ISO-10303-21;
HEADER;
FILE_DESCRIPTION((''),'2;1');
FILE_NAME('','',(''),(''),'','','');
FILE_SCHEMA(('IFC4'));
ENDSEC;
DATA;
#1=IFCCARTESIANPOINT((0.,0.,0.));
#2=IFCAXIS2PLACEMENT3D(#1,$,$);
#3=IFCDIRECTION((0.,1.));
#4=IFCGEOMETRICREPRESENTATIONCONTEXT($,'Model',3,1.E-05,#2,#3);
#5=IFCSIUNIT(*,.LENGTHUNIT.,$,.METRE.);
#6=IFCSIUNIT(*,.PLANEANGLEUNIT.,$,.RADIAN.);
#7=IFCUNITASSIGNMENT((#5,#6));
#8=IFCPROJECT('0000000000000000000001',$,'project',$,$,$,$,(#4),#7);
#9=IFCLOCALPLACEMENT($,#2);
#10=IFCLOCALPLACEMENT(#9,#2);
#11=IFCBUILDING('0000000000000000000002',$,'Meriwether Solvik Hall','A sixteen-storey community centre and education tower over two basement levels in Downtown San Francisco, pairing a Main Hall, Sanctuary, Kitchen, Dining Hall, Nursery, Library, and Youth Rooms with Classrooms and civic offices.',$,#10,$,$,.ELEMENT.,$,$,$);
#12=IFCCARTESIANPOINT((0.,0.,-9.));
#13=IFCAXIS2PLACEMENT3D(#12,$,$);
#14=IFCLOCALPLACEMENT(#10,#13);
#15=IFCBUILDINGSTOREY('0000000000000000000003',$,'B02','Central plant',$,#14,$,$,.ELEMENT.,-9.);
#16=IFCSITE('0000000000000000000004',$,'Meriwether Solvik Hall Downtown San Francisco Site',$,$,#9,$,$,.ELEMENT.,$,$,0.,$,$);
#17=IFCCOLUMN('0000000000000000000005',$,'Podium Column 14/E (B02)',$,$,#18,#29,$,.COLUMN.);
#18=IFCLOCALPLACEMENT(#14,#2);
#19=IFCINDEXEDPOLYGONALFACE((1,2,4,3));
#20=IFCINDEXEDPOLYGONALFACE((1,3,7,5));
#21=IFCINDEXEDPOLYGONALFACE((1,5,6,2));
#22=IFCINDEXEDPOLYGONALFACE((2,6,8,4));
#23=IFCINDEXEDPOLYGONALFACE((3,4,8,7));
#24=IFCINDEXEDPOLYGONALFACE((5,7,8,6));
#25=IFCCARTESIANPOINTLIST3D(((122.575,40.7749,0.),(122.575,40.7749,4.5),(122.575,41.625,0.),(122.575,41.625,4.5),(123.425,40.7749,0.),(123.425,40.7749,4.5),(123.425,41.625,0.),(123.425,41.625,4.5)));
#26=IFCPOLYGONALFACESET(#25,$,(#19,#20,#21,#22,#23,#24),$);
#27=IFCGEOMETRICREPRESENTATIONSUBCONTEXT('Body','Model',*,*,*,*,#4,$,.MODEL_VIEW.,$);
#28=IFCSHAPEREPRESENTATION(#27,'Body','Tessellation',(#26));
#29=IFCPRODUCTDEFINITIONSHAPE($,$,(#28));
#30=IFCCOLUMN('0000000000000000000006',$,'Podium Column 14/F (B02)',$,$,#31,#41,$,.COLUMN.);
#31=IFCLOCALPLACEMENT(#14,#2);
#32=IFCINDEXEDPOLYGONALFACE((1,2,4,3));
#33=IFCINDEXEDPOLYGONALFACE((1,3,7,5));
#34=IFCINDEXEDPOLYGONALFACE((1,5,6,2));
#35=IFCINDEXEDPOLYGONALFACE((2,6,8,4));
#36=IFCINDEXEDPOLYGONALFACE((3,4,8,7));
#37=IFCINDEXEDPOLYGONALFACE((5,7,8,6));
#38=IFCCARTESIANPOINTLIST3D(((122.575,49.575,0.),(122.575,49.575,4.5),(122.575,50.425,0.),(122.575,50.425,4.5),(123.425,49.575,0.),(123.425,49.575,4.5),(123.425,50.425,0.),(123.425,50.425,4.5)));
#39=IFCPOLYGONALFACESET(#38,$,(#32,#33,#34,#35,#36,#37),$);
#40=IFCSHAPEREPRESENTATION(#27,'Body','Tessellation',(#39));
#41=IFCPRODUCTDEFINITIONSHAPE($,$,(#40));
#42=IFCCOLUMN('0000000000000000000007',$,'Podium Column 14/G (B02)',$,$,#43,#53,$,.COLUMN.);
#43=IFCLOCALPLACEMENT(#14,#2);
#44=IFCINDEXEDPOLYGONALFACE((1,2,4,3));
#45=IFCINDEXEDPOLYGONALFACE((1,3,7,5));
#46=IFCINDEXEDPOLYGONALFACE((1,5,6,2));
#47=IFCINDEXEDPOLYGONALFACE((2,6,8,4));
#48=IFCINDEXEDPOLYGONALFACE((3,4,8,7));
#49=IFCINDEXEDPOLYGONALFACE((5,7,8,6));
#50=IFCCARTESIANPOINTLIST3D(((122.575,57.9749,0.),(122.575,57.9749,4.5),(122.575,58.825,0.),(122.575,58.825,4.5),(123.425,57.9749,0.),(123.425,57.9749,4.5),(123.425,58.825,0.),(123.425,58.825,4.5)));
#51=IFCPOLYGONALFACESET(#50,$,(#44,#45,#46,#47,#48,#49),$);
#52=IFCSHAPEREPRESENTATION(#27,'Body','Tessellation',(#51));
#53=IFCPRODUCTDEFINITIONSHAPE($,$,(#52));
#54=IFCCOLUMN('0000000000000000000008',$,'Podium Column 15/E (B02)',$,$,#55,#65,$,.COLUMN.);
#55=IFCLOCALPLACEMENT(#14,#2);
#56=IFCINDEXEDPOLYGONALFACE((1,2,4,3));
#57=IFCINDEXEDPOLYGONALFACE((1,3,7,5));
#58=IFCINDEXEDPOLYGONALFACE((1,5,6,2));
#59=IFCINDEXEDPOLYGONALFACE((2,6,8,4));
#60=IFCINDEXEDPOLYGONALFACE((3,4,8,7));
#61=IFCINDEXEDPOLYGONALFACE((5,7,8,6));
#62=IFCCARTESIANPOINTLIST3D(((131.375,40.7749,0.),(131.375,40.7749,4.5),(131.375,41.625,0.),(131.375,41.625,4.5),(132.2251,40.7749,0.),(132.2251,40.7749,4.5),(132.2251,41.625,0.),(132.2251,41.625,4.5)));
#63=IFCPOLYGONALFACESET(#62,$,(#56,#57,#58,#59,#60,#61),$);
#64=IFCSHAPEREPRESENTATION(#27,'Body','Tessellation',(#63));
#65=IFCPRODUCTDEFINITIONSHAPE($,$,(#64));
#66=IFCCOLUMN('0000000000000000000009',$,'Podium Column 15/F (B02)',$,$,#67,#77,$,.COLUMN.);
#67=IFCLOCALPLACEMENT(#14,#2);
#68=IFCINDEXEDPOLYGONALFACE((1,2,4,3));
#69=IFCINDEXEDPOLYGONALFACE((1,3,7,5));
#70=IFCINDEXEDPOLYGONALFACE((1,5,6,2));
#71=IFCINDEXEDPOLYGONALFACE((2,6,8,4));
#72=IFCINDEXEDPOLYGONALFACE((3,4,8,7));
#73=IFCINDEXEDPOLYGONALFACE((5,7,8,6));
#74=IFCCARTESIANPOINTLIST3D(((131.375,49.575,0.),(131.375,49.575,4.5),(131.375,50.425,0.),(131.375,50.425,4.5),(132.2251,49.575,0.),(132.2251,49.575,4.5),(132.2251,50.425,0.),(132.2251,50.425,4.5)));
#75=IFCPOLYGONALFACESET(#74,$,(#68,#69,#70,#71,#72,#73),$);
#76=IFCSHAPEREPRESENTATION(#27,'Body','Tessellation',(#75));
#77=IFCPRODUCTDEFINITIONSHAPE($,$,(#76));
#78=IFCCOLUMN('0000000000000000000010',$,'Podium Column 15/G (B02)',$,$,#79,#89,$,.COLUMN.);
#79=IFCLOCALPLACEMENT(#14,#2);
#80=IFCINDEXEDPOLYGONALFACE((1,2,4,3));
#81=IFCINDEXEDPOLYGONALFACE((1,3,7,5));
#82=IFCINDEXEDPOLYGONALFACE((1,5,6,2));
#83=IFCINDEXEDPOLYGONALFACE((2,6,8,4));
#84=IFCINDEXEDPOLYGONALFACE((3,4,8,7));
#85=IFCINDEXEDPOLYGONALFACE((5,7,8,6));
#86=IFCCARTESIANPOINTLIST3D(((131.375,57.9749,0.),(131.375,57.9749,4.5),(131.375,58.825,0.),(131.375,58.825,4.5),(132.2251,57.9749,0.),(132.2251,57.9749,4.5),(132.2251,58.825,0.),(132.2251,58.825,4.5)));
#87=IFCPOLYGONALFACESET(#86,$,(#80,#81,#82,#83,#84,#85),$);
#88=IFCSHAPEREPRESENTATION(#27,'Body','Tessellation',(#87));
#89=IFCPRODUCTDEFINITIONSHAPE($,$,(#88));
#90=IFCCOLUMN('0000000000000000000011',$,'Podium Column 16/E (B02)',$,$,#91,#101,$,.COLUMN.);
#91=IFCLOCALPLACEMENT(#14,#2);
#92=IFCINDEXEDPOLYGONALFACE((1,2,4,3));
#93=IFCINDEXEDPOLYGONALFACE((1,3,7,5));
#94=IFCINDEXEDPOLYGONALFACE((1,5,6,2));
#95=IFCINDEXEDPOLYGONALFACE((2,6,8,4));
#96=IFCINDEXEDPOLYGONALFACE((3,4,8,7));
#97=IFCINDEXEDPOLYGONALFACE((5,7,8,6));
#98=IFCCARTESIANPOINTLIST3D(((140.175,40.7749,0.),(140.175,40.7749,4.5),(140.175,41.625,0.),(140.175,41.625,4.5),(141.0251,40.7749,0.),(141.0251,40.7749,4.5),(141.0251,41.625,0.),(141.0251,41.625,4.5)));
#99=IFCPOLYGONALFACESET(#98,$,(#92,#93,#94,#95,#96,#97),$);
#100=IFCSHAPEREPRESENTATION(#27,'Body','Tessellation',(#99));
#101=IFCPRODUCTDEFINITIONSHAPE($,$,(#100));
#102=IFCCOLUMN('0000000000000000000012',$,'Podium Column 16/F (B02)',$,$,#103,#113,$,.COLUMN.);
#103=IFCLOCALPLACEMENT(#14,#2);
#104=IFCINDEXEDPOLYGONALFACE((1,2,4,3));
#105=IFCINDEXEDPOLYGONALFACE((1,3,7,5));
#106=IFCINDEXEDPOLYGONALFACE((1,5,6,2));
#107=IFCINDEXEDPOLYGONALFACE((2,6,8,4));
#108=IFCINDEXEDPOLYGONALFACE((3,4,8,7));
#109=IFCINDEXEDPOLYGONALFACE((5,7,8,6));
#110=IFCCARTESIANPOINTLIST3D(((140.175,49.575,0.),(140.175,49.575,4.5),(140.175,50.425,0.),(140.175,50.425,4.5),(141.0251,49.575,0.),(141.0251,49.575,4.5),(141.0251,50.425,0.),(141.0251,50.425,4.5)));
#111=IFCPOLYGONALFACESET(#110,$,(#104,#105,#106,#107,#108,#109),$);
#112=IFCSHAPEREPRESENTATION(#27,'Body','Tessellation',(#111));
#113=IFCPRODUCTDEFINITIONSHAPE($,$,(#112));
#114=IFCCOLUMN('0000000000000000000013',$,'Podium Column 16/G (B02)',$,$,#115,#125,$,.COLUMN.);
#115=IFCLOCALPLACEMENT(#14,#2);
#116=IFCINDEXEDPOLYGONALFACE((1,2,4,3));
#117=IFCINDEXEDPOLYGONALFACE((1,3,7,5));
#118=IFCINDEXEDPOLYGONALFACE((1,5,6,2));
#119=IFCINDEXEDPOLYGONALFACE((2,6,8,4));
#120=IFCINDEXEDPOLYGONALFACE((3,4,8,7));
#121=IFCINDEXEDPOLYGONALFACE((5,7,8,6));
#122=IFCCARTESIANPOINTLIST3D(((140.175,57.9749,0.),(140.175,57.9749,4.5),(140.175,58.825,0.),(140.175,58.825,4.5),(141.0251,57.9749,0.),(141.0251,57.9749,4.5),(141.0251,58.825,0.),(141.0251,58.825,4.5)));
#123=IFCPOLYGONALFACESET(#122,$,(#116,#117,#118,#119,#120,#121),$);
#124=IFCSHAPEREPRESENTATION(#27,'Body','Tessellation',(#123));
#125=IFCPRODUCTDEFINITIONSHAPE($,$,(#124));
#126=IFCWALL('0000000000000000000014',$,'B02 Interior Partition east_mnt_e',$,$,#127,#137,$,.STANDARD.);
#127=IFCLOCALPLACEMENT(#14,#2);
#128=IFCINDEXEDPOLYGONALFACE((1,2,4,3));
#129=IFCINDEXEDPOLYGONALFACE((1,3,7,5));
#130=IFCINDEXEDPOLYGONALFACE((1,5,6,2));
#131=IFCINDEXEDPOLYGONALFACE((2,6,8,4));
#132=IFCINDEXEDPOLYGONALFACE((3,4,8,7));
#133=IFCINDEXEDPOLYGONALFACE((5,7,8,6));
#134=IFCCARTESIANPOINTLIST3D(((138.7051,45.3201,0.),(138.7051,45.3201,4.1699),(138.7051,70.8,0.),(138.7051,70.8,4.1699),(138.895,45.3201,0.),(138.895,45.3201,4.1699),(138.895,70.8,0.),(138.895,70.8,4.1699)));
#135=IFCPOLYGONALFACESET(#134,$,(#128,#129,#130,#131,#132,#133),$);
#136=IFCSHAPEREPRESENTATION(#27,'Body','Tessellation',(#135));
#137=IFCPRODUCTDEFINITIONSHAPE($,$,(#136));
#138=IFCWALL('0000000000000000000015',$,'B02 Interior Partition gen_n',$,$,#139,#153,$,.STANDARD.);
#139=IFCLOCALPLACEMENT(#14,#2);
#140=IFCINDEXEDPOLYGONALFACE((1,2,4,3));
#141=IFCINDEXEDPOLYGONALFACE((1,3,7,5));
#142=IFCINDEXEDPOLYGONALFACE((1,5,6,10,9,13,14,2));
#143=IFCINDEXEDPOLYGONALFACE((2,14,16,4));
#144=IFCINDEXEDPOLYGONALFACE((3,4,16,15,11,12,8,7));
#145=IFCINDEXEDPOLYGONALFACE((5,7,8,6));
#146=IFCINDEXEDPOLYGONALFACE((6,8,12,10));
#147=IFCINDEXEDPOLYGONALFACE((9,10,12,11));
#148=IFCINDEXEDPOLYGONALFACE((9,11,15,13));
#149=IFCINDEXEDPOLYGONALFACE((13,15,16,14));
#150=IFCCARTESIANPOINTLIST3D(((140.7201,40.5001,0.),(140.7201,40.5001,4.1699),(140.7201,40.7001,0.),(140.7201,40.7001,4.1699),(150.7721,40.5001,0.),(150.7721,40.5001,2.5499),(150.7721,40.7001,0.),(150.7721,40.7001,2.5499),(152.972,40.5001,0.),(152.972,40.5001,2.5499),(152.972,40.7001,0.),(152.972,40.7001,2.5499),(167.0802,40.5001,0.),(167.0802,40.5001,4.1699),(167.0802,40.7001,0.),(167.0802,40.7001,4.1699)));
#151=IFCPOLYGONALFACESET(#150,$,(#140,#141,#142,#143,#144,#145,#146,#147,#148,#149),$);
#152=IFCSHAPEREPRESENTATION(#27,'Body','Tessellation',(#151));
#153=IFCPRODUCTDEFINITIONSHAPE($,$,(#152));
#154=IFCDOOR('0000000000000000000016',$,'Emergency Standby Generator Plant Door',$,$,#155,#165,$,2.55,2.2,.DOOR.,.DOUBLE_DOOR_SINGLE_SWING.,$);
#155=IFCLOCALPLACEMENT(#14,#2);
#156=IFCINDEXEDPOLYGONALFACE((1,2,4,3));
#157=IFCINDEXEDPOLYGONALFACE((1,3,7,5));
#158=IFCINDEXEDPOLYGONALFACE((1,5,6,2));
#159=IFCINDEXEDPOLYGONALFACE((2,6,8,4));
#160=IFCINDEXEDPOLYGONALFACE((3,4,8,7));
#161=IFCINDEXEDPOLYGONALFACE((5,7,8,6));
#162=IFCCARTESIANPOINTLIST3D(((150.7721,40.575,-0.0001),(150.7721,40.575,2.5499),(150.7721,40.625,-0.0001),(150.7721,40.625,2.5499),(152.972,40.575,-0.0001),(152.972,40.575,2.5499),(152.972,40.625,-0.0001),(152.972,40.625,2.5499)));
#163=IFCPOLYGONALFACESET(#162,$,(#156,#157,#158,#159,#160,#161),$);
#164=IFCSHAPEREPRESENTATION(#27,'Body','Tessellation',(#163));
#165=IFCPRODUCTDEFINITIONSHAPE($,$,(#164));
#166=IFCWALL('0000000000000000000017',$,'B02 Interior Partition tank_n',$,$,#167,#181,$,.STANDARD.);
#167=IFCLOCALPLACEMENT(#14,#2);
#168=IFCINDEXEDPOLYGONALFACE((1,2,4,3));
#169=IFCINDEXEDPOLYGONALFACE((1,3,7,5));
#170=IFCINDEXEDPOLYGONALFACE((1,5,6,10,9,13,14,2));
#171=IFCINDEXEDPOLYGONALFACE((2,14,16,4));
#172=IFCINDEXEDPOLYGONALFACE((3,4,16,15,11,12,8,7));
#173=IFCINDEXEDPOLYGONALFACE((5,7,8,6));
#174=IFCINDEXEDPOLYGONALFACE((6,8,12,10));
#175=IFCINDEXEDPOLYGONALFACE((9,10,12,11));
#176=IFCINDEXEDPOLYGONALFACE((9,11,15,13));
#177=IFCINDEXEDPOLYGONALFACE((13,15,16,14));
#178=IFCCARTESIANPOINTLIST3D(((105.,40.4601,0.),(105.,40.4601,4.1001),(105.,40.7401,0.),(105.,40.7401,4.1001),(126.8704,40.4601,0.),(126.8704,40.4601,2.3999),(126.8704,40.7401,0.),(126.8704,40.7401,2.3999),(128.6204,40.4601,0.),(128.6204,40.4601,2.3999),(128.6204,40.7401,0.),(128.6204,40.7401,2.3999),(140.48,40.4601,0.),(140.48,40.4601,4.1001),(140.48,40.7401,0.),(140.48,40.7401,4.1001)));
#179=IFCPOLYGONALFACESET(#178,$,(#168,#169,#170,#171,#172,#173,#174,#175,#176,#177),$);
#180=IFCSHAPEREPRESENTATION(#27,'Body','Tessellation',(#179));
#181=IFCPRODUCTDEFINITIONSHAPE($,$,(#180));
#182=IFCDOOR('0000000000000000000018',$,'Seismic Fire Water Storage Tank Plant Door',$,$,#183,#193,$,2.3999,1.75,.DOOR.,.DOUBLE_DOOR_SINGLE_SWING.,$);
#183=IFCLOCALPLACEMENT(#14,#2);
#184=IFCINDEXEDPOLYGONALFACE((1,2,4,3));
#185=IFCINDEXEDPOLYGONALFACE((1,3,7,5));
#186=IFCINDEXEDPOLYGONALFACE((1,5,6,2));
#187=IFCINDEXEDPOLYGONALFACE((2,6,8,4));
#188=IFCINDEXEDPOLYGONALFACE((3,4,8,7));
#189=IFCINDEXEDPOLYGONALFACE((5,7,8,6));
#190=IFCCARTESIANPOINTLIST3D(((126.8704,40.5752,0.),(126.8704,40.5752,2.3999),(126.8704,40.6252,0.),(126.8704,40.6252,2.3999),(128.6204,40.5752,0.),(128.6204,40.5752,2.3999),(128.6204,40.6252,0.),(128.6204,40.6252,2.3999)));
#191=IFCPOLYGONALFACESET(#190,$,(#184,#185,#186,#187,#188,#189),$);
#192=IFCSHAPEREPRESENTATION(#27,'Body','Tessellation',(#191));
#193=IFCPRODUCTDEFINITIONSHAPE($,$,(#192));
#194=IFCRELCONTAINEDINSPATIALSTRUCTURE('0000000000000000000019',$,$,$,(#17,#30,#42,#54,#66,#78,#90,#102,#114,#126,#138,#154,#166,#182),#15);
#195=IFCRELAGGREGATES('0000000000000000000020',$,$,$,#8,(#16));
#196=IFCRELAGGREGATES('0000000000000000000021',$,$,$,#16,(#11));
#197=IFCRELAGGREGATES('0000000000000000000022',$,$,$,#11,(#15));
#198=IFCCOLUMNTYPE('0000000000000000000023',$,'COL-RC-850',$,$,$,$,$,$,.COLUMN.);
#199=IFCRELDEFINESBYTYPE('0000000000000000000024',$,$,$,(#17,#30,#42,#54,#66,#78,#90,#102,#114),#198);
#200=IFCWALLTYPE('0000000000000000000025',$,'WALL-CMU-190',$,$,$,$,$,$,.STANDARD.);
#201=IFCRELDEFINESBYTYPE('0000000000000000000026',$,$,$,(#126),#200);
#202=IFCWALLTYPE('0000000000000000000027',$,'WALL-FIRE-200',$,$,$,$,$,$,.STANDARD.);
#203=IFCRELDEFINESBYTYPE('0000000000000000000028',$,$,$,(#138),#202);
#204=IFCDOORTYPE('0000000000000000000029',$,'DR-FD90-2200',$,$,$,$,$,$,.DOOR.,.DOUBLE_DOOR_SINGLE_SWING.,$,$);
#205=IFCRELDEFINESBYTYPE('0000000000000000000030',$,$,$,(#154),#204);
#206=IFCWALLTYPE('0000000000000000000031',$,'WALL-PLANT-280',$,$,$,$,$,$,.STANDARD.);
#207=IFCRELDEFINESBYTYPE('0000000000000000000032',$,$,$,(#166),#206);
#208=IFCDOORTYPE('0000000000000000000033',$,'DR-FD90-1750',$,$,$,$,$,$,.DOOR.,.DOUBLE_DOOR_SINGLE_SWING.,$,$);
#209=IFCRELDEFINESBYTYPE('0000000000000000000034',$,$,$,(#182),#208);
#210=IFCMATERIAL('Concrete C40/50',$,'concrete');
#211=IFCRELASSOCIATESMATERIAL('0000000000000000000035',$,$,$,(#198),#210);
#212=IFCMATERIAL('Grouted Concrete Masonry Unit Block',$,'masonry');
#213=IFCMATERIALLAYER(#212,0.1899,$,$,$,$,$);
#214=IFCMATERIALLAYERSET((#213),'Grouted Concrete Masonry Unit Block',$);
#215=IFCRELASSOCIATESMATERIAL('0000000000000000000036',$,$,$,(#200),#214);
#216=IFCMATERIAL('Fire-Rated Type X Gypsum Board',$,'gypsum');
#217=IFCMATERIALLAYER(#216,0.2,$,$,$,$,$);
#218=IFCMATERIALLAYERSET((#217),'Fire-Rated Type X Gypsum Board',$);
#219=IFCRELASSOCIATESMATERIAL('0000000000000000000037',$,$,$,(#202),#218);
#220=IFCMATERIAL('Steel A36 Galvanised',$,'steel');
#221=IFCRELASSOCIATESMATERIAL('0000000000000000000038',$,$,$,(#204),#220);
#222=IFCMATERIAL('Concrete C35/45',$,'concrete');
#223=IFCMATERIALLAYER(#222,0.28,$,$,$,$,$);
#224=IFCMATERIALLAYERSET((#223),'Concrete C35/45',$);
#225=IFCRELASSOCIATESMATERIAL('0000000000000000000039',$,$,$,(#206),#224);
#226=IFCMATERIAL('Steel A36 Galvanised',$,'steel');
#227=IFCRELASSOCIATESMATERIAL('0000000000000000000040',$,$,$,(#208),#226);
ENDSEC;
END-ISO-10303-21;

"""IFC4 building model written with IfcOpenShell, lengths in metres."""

from ifc_helpers import new_model, si_unit, direction, frame, frame_2d, origin, origin_2d, place, context, subcontext, project, spatial, rectangle, extrude, material, layer, layer_set, material_profile, profile_set, type_object, element, fill, save


model = new_model("IFC4")

# Units and contexts
model_context = context("Model", 3, precision=1e-05, world=origin(), true_north=direction((0.0, 1.0)))
body_context = subcontext(model_context, "Body", "Model", "MODEL_VIEW")
ifc_project = project(units=[si_unit("LENGTHUNIT", "METRE"), si_unit("PLANEANGLEUNIT", "RADIAN")], contexts=[model_context])

# Site, building, storey
site_placement = place(None, origin())
site = spatial("IfcSite", under=ifc_project, at=site_placement, Name="Meriwether Solvik Hall Downtown San Francisco Site", CompositionType="ELEMENT", RefElevation=0.0)
building_placement = place(site_placement, origin())
building = spatial("IfcBuilding", under=site, at=building_placement, Name="Meriwether Solvik Hall", Description="A sixteen-storey community centre and education tower over two basement levels in Downtown San Francisco, pairing a Main Hall, Sanctuary, Kitchen, Dining Hall, Nursery, Library, and Youth Rooms with Classrooms and civic offices.", CompositionType="ELEMENT")
storey_placement = place(building_placement, frame((0.0, 0.0, -9.0)))
storey = spatial("IfcBuildingStorey", under=building, at=storey_placement, Name="B02", Description="Central plant", CompositionType="ELEMENT", Elevation=-9.0)

# Columns
ifc_material_1 = material(Name="Concrete C40/50", Category="concrete")
ifc_material_profile_1 = material_profile(ifc_material_1, rectangle(XDim=0.8501, YDim=0.8501, at=origin_2d()), Name="RCC-850X850")
ifc_profile_set_1 = profile_set([ifc_material_profile_1], Name="Concrete C40/50")
column_type = type_object("IfcColumnType", Name="COL-RC-850", PredefinedType="COLUMN", material=ifc_profile_set_1)
for number, where, z_axis, x_axis, name in (
    (1, (123.0, 41.2, 0.0), (0.0, 0.0, 1.0), (1.0, 0.0, 0.0), "Podium Column 14/E (B02)"),
    (2, (123.0, 50.0, 0.0), (0.0, 0.0, 1.0), (1.0, 0.0, 0.0), "Podium Column 14/F (B02)"),
    (3, (123.0, 58.3999, 0.0), (0.0, 0.0, 1.0), (1.0, 0.0, 0.0), "Podium Column 14/G (B02)"),
    (4, (131.8, 41.2, 0.0), (0.0, 0.0, 1.0), (1.0, 0.0, 0.0), "Podium Column 15/E (B02)"),
    (5, (131.8, 50.0, 0.0), (0.0, 0.0, 1.0), (1.0, 0.0, 0.0), "Podium Column 15/F (B02)"),
    (6, (131.8, 58.3999, 0.0), (0.0, 0.0, 1.0), (1.0, 0.0, 0.0), "Podium Column 15/G (B02)"),
    (7, (140.6001, 41.2, 0.0), (0.0, 0.0, 1.0), (1.0, 0.0, 0.0), "Podium Column 16/E (B02)"),
    (8, (140.6001, 50.0, 0.0), (0.0, 0.0, 1.0), (1.0, 0.0, 0.0), "Podium Column 16/F (B02)"),
    (9, (140.6001, 58.3999, 0.0), (0.0, 0.0, 1.0), (1.0, 0.0, 0.0), "Podium Column 16/G (B02)"),
):
    element("IfcColumn", number, at=place(storey_placement, frame(where, z_axis=z_axis, x_axis=x_axis)), inside=storey, type_object=column_type, Name=name, PredefinedType="COLUMN", context=body_context, shape_type="SweptSolid", body=[
        extrude(rectangle(XDim=0.8501, YDim=0.8501, at=origin_2d()), origin(), (0.0, 0.0, 1.0), 4.5),
    ])

# Wall
ifc_material_2 = material(Name="Grouted Concrete Masonry Unit Block", Category="masonry")
ifc_layer_1 = layer(ifc_material_2, 0.1899)
ifc_layer_set_1 = layer_set([ifc_layer_1], Name="Grouted Concrete Masonry Unit Block")
wall_type_1 = type_object("IfcWallType", Name="WALL-CMU-190", PredefinedType="STANDARD", material=ifc_layer_set_1)
wall_1_placement = place(storey_placement, frame((138.8, 45.3201, 0.0), z_axis=(0.0, 0.0, 1.0), x_axis=(0.0, 1.0, 0.0)))
element("IfcWall", 10, at=wall_1_placement, inside=storey, type_object=wall_type_1, Name="B02 Interior Partition east_mnt_e", PredefinedType="STANDARD", context=body_context, shape_type="SweptSolid", body=[
    extrude(rectangle(XDim=25.48, YDim=0.1899, at=frame_2d((12.74, 0.0))), origin(), (0.0, 0.0, 1.0), 4.1699),
])

# Walls, openings, doors
ifc_material_3 = material(Name="Fire-Rated Type X Gypsum Board", Category="gypsum")
ifc_layer_2 = layer(ifc_material_3, 0.2)
ifc_layer_set_2 = layer_set([ifc_layer_2], Name="Fire-Rated Type X Gypsum Board")
wall_type_2 = type_object("IfcWallType", Name="WALL-FIRE-200", PredefinedType="STANDARD", material=ifc_layer_set_2)
wall_2_placement = place(storey_placement, frame((140.72, 40.6001, 0.0), z_axis=(0.0, 0.0, 1.0), x_axis=(1.0, 0.0, 0.0)))
wall_2 = element("IfcWall", 11, at=wall_2_placement, inside=storey, type_object=wall_type_2, Name="B02 Interior Partition gen_n", PredefinedType="STANDARD", context=body_context, shape_type="SweptSolid", body=[
    extrude(rectangle(XDim=26.3601, YDim=0.2, at=frame_2d((13.1802, 0.0))), origin(), (0.0, 0.0, 1.0), 4.1699),
])
opening_1_placement = place(wall_2_placement, frame((10.052, 0.0, 0.0)))
opening_1 = element("IfcOpeningElement", 12, at=opening_1_placement, cuts=wall_2, PredefinedType="OPENING", context=body_context, shape_type="SweptSolid", body=[
    extrude(rectangle(XDim=2.2, YDim=2.55, at=frame_2d((1.1001, 1.2749))), frame((0.0, 0.1118, 0.0), z_axis=(0.0, -1.0, 0.0), x_axis=(1.0, 0.0, 0.0)), (0.0, 0.0, 1.0), 0.2239),
])
ifc_material_4 = material(Name="Steel A36 Galvanised", Category="steel")
door_type_1 = type_object("IfcDoorType", Name="DR-FD90-2200", OperationType="DOUBLE_DOOR_SINGLE_SWING", PredefinedType="DOOR", material=ifc_material_4)
door_1_placement = place(opening_1_placement, origin())
door_1 = element("IfcDoor", 13, at=door_1_placement, inside=storey, type_object=door_type_1, Name="Emergency Standby Generator Plant Door", OperationType="DOUBLE_DOOR_SINGLE_SWING", OverallHeight=2.55, OverallWidth=2.2, PredefinedType="DOOR", context=body_context, shape_type="SweptSolid", body=[
    extrude(rectangle(XDim=2.2, YDim=2.55, at=frame_2d((1.1001, 1.2749))), frame((0.0, 0.0249, 0.0), z_axis=(0.0, -1.0, 0.0), x_axis=(1.0, 0.0, 0.0)), (0.0, 0.0, 1.0), 0.05),
])
fill(opening_1, door_1)
ifc_material_5 = material(Name="Concrete C35/45", Category="concrete")
ifc_layer_3 = layer(ifc_material_5, 0.28)
ifc_layer_set_3 = layer_set([ifc_layer_3], Name="Concrete C35/45")
wall_type_3 = type_object("IfcWallType", Name="WALL-PLANT-280", PredefinedType="STANDARD", material=ifc_layer_set_3)
wall_3_placement = place(storey_placement, frame((140.48, 40.6001, 0.0), z_axis=(0.0, 0.0, 1.0), x_axis=(-1.0, 0.0, 0.0)))
wall_3 = element("IfcWall", 14, at=wall_3_placement, inside=storey, type_object=wall_type_3, Name="B02 Interior Partition tank_n", PredefinedType="STANDARD", context=body_context, shape_type="SweptSolid", body=[
    extrude(rectangle(XDim=35.48, YDim=0.28, at=frame_2d((17.74, 0.0))), origin(), (0.0, 0.0, 1.0), 4.1001),
])
opening_2_placement = place(wall_3_placement, frame((11.8596, 0.0, 0.0)))
opening_2 = element("IfcOpeningElement", 15, at=opening_2_placement, cuts=wall_3, PredefinedType="OPENING", context=body_context, shape_type="SweptSolid", body=[
    extrude(rectangle(XDim=1.75, YDim=2.3999, at=frame_2d((0.875, 1.2))), frame((0.0, 0.1519, 0.0), z_axis=(0.0, -1.0, 0.0), x_axis=(1.0, 0.0, 0.0)), (0.0, 0.0, 1.0), 0.304),
])
ifc_material_6 = material(Name="Steel A36 Galvanised", Category="steel")
door_type_2 = type_object("IfcDoorType", Name="DR-FD90-1750", OperationType="DOUBLE_DOOR_SINGLE_SWING", PredefinedType="DOOR", material=ifc_material_6)
door_2_placement = place(opening_2_placement, origin())
door_2 = element("IfcDoor", 16, at=door_2_placement, inside=storey, type_object=door_type_2, Name="Seismic Fire Water Storage Tank Plant Door", OperationType="DOUBLE_DOOR_SINGLE_SWING", OverallHeight=2.3999, OverallWidth=1.75, PredefinedType="DOOR", context=body_context, shape_type="SweptSolid", body=[
    extrude(rectangle(XDim=1.75, YDim=2.3999, at=frame_2d((0.875, 1.2))), frame((0.0, 0.0249, 0.0), z_axis=(0.0, -1.0, 0.0), x_axis=(1.0, 0.0, 0.0)), (0.0, 0.0, 1.0), 0.05),
])
fill(opening_2, door_2)

save(model, "model.ifc")
